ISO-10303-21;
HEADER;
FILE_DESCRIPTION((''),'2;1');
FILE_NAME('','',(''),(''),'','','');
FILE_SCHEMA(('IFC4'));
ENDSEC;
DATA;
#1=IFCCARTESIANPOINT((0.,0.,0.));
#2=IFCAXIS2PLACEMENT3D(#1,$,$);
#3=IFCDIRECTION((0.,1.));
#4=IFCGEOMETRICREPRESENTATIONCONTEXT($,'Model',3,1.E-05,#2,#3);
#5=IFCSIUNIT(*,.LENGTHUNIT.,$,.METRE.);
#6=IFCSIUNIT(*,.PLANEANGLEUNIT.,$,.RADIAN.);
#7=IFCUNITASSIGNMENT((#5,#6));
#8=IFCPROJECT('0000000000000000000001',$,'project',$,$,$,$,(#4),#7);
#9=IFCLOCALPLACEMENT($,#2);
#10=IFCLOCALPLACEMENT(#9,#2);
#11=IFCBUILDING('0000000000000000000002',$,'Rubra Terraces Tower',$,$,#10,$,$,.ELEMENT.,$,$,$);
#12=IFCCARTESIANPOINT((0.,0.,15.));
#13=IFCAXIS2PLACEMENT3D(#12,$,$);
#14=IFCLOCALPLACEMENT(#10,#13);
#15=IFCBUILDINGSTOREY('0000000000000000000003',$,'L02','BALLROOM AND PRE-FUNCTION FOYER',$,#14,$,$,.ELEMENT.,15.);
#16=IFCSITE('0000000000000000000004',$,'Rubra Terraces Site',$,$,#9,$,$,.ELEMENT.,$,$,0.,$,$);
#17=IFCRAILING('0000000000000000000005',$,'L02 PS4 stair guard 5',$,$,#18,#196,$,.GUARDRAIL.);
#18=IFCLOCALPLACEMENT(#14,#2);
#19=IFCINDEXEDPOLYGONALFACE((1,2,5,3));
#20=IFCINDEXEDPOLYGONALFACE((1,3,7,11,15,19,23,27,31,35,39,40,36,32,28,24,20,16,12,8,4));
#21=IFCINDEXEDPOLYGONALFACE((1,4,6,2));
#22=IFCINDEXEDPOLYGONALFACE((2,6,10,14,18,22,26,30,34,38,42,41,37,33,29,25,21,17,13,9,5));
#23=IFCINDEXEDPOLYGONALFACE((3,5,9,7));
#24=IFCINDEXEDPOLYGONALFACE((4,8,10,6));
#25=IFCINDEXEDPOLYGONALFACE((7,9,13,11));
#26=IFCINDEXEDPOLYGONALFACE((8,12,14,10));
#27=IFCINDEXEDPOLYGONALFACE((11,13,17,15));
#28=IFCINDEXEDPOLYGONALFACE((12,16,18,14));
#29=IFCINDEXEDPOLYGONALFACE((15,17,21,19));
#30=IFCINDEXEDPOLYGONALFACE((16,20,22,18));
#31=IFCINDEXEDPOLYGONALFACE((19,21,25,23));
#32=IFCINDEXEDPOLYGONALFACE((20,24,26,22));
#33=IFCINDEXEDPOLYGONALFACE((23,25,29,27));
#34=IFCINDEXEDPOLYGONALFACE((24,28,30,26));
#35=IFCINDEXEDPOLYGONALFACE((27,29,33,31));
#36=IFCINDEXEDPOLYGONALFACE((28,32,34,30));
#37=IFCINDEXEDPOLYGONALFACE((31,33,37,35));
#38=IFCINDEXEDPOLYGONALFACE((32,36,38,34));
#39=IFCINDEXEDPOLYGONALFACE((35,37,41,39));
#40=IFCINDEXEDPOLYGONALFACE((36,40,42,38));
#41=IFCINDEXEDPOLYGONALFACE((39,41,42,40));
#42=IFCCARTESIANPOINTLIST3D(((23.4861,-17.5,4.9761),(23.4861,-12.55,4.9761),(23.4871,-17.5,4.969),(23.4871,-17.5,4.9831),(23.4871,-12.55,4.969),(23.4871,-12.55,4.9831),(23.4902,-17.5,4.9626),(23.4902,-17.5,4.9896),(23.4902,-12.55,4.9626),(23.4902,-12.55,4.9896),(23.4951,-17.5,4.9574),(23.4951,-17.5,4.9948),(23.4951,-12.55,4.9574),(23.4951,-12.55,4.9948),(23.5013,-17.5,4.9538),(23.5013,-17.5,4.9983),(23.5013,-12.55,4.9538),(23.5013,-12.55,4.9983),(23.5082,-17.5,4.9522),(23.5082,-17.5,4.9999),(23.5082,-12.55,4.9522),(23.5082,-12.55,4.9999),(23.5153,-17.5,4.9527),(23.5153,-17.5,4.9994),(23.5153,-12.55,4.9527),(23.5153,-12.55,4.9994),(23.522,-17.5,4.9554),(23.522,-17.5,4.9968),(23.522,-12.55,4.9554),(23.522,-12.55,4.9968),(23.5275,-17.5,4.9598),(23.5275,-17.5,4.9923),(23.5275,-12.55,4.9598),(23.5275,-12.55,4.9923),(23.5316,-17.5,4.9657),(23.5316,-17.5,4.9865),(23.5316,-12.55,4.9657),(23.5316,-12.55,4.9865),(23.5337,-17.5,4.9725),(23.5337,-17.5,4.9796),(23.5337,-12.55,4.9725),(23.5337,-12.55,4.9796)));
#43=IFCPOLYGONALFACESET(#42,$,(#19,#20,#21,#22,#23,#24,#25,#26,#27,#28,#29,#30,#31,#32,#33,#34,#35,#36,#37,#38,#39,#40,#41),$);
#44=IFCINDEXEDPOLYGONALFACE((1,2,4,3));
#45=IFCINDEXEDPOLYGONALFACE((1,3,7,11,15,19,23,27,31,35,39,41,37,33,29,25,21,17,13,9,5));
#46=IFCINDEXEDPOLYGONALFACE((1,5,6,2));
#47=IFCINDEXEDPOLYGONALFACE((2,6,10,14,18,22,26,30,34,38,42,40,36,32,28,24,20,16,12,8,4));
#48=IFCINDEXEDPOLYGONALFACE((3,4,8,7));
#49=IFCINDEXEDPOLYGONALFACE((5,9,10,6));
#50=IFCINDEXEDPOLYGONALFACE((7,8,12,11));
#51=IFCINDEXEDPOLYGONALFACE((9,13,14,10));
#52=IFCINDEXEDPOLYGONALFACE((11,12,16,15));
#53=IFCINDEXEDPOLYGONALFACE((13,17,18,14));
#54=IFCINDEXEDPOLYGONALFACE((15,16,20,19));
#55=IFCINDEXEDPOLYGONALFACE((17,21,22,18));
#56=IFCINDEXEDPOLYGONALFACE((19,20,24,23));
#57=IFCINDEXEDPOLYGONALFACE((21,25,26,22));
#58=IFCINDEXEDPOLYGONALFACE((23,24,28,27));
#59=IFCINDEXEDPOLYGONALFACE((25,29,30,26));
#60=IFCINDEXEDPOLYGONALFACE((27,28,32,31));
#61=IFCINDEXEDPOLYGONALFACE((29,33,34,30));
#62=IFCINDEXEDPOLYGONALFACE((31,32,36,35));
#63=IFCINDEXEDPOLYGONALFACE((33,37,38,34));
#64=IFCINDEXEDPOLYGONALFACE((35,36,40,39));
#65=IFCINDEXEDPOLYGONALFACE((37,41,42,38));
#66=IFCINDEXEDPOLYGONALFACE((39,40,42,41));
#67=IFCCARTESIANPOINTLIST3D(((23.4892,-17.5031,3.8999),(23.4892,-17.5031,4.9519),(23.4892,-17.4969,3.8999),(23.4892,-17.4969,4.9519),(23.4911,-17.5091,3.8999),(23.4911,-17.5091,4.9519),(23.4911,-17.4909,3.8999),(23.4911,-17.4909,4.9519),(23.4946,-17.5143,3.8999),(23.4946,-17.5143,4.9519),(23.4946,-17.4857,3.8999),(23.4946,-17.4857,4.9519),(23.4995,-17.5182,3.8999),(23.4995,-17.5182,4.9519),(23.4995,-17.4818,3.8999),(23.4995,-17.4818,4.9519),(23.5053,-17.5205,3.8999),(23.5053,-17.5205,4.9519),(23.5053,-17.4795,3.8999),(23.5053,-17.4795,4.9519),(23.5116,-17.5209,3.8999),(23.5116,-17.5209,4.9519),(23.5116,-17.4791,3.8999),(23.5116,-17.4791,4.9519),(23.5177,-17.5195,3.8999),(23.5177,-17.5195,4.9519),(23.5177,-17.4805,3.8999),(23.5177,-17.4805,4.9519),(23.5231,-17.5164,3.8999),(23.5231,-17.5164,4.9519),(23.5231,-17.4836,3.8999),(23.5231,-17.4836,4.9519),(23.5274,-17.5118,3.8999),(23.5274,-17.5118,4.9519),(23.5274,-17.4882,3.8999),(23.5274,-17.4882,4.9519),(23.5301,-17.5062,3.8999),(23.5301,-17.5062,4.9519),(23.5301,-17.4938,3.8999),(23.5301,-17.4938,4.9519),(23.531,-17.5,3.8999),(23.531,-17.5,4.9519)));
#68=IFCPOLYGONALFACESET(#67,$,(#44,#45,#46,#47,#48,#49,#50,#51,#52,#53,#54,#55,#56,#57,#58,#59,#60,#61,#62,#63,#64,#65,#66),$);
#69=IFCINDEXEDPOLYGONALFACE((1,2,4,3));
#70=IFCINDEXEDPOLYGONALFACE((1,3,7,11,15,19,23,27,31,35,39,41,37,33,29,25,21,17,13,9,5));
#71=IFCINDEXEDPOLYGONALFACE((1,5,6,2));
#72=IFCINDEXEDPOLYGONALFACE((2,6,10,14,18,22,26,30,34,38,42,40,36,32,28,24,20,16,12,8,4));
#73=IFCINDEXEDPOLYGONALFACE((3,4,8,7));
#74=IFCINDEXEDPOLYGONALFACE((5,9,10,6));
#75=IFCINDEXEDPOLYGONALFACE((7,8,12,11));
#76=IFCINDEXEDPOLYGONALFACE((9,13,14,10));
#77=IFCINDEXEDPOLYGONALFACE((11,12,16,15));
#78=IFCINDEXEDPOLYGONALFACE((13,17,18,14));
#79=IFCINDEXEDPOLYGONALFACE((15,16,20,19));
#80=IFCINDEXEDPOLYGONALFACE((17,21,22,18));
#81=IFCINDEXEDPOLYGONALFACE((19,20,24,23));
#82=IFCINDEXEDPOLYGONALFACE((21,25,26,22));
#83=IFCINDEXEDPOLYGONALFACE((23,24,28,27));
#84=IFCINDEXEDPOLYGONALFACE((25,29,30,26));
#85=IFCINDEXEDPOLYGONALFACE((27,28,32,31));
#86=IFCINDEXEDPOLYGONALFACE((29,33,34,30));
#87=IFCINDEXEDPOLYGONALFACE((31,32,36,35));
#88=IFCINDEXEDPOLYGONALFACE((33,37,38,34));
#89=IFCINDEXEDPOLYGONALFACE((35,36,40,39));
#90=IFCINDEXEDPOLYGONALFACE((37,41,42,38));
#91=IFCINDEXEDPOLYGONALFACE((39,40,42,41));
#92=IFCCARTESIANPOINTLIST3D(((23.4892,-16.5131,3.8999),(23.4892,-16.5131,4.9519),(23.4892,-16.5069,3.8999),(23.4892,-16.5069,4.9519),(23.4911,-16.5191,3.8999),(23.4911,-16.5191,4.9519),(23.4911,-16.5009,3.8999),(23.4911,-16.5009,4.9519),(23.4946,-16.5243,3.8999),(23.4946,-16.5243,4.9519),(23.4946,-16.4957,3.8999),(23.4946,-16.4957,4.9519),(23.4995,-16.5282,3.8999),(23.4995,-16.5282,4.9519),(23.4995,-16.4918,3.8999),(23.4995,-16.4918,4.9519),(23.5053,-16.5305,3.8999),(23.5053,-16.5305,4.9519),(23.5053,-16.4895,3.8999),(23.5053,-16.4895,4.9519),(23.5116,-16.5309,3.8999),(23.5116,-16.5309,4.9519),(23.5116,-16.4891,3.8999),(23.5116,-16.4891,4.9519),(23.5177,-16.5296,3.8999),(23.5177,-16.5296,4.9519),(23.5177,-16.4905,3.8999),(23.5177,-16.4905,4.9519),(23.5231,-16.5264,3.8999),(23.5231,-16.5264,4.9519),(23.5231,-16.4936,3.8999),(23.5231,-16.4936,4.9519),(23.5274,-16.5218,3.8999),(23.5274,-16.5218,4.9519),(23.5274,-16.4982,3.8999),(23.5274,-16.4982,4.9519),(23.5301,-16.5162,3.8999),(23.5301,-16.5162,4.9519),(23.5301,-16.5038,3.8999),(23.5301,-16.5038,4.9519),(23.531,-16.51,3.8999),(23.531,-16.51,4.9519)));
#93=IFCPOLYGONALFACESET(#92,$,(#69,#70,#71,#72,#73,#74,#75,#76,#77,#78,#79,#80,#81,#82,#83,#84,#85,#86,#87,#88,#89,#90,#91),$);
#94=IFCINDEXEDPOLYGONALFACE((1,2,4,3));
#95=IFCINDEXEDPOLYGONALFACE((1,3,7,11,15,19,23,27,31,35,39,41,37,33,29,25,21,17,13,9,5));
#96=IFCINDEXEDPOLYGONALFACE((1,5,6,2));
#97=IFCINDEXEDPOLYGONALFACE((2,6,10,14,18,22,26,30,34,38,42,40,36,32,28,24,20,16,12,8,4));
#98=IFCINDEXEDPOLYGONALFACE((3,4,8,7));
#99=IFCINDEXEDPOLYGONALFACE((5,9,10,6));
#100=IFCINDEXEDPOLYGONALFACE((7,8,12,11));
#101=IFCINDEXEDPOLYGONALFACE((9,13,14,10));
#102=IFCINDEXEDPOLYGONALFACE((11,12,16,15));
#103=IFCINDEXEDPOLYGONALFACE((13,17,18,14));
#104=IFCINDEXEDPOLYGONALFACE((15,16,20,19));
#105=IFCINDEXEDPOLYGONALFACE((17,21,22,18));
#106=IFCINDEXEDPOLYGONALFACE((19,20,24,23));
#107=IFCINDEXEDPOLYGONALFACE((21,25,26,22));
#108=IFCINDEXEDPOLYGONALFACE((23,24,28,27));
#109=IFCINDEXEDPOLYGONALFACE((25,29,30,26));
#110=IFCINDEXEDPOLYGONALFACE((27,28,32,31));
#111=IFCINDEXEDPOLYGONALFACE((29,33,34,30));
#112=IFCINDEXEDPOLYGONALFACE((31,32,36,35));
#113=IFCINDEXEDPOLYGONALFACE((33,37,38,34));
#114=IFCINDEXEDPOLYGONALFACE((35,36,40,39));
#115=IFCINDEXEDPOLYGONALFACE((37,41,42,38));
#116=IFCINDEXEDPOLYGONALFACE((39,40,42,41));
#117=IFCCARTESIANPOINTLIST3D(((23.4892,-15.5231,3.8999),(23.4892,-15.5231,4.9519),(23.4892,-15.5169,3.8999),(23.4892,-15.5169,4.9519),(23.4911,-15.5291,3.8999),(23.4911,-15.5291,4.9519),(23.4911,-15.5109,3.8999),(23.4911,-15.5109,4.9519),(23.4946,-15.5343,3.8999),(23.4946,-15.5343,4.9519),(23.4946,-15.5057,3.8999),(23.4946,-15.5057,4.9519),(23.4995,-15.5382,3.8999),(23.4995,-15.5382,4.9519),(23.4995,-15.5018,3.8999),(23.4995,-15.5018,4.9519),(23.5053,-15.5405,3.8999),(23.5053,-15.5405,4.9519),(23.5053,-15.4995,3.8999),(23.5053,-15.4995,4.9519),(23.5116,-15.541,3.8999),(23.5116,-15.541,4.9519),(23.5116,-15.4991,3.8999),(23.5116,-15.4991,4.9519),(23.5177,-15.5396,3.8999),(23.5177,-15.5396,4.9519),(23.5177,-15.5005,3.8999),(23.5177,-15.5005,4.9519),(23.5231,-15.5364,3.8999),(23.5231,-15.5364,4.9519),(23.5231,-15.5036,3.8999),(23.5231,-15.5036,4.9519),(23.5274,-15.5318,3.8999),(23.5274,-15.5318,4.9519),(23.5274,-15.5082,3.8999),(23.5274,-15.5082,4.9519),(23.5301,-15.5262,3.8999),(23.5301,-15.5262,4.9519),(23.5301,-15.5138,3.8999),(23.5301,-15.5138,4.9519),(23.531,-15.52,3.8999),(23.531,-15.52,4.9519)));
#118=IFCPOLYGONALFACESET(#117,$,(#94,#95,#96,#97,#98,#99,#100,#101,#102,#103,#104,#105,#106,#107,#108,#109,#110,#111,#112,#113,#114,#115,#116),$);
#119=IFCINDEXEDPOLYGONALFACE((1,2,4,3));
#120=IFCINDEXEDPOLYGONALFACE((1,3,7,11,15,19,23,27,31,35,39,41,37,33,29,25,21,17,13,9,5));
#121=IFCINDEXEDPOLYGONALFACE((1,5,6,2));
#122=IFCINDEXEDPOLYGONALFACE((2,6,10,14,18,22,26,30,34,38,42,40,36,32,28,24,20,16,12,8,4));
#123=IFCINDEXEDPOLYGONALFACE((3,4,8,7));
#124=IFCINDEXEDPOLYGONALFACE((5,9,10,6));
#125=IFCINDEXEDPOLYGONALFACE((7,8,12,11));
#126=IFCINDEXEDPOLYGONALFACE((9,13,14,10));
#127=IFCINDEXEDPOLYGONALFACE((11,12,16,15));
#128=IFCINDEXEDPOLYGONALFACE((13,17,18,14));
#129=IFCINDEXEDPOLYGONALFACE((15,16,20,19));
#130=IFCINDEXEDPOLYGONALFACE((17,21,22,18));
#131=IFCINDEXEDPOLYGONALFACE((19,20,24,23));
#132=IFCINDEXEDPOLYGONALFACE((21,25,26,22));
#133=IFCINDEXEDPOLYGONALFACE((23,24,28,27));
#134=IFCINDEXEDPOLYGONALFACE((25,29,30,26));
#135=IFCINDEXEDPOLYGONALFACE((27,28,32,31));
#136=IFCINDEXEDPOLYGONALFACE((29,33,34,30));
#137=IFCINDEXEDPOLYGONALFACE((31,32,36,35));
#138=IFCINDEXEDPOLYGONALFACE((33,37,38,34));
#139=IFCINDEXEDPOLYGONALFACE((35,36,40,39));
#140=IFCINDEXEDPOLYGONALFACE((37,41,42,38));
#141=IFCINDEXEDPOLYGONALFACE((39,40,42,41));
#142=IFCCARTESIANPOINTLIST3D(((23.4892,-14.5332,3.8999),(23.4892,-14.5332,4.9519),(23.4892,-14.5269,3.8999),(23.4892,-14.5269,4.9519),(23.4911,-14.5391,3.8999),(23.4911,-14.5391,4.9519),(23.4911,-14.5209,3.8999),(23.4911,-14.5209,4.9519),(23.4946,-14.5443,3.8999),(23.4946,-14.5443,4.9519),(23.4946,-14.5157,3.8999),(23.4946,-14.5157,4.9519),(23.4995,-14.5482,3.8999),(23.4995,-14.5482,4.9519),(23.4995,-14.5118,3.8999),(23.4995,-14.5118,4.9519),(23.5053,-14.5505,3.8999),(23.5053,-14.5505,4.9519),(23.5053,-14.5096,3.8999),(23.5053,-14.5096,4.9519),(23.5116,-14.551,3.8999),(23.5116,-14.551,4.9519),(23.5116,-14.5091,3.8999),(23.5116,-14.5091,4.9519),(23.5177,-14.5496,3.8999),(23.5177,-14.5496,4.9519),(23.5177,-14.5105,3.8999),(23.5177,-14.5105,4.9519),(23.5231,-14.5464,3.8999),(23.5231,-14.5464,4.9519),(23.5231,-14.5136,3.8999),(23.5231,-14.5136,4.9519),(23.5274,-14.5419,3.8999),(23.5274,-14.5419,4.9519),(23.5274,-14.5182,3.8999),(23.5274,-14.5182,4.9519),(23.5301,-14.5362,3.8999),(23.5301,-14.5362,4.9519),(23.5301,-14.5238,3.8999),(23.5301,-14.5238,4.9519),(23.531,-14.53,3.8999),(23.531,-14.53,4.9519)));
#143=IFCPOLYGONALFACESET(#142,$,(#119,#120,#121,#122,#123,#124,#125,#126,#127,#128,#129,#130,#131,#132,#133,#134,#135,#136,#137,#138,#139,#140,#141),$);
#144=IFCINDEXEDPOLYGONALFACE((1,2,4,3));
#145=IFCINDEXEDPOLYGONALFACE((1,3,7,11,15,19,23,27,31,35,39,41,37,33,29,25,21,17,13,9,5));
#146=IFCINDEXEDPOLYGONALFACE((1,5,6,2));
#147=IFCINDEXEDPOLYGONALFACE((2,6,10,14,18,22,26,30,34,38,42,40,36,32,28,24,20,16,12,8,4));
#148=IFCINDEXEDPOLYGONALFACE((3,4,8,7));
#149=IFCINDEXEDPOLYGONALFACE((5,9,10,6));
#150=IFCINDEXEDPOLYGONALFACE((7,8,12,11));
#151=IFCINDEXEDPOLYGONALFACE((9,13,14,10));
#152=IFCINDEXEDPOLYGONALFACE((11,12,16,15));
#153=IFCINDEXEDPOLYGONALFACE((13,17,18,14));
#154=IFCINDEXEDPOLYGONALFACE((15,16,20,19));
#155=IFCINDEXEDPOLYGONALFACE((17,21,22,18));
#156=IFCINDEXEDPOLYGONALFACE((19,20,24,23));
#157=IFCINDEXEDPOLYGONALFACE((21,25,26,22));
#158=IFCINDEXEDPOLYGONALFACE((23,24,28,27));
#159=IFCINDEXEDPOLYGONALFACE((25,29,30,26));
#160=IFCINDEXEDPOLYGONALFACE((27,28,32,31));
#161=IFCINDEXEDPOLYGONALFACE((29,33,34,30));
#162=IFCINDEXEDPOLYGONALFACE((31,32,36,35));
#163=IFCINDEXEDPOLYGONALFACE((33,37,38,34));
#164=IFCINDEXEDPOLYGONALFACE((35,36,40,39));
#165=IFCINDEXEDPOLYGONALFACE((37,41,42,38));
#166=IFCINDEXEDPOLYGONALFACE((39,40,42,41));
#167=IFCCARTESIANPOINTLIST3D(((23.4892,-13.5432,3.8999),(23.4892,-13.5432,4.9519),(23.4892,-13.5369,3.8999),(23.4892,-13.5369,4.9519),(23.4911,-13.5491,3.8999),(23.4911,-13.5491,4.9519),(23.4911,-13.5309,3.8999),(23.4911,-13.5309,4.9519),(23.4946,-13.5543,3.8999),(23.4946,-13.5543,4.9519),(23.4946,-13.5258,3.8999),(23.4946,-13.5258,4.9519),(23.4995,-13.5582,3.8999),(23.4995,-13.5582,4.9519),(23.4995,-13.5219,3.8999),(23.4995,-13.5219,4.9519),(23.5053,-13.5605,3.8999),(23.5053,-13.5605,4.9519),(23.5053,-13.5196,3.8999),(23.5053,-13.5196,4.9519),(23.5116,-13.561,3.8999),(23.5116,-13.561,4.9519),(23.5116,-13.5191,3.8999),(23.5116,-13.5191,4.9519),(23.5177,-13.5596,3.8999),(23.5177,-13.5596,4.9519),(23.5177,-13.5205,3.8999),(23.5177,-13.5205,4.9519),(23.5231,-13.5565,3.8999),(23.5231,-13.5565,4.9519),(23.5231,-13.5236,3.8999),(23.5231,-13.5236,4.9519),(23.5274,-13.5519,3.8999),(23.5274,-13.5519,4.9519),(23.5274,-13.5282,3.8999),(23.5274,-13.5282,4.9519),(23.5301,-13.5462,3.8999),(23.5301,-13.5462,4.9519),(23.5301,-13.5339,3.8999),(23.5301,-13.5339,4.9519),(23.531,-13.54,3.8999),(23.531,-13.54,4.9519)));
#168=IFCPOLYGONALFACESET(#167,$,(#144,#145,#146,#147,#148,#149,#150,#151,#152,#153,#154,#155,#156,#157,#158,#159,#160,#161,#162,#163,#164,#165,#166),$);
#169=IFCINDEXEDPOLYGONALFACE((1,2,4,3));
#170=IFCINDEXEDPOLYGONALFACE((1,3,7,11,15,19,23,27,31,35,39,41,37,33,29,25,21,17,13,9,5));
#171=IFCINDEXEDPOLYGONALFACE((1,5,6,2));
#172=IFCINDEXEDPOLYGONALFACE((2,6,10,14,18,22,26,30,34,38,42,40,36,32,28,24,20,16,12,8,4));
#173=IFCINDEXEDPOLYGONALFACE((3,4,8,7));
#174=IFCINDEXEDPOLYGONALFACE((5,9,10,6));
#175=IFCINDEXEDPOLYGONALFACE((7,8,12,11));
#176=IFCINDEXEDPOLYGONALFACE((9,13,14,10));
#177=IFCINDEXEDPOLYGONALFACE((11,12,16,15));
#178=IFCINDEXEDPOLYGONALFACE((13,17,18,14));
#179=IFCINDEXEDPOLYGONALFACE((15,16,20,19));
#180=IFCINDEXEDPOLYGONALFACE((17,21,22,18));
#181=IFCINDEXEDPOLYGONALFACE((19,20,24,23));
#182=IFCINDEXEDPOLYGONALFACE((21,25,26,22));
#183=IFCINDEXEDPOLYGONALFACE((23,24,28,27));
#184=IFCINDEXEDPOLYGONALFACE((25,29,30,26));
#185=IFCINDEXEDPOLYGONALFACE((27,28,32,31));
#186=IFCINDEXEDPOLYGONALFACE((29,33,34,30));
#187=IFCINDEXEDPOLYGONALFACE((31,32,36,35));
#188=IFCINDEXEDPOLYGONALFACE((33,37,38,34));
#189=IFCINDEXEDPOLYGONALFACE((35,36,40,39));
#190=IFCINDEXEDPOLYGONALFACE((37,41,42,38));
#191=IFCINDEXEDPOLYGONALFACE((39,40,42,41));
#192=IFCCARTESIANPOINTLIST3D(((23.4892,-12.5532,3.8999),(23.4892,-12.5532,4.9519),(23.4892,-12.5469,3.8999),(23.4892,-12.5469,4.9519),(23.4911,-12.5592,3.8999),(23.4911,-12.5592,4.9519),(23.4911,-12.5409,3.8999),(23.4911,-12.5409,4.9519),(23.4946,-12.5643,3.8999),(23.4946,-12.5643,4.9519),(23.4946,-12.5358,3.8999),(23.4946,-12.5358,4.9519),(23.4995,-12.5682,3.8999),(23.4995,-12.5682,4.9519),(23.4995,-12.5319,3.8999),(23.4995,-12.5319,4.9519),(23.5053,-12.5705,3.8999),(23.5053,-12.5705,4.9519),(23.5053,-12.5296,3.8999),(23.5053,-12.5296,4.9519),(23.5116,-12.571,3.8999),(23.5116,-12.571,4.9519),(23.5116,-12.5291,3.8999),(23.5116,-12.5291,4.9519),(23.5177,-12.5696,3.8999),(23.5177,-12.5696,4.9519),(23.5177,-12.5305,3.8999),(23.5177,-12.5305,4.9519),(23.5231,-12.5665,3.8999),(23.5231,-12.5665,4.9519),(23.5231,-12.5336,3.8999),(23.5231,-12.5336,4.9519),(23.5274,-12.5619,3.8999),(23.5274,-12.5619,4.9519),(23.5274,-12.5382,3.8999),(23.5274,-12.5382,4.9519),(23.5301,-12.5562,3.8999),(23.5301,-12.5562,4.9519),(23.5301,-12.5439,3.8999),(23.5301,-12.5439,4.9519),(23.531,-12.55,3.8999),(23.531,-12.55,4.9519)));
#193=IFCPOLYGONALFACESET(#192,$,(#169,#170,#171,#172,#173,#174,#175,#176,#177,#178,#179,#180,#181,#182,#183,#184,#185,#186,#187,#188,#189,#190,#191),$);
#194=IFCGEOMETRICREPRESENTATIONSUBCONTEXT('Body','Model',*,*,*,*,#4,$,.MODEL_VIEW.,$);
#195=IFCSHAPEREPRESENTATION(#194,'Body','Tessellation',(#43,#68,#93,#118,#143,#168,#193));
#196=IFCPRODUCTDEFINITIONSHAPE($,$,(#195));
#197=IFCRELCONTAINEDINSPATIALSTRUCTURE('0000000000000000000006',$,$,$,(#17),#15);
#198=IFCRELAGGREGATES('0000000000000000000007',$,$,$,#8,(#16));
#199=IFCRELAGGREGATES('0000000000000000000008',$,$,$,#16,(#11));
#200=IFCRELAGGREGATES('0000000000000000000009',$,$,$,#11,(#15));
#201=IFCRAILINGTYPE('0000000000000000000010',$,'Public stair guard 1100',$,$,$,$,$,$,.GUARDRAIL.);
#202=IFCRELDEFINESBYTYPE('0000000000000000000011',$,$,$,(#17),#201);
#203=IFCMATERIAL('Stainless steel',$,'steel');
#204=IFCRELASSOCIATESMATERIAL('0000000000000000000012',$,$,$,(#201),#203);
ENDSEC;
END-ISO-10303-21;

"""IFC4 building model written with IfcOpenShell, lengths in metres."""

from ifc_helpers import new_model, si_unit, direction, frame, origin, origin_2d, place, context, subcontext, project, spatial, circle, extrude, material, type_object, element, save


model = new_model("IFC4")

# Units and contexts
model_context = context("Model", 3, precision=1e-05, world=origin(), true_north=direction((0.0, 1.0)))
body_context = subcontext(model_context, "Body", "Model", "MODEL_VIEW")
ifc_project = project(units=[si_unit("LENGTHUNIT", "METRE"), si_unit("PLANEANGLEUNIT", "RADIAN")], contexts=[model_context])

# Site, building, storey
site_placement = place(None, origin())
site = spatial("IfcSite", under=ifc_project, at=site_placement, Name="Rubra Terraces Site", CompositionType="ELEMENT", RefElevation=0.0)
building_placement = place(site_placement, origin())
building = spatial("IfcBuilding", under=site, at=building_placement, Name="Rubra Terraces Tower", CompositionType="ELEMENT")
storey_placement = place(building_placement, frame((0.0, 0.0, 15.0)))
storey = spatial("IfcBuildingStorey", under=building, at=storey_placement, Name="L02", Description="BALLROOM AND PRE-FUNCTION FOYER", CompositionType="ELEMENT", Elevation=15.0)

# Railing
ifc_material_1 = material(Name="Stainless steel", Category="steel")
railing_type = type_object("IfcRailingType", Name="Public stair guard 1100", PredefinedType="GUARDRAIL", material=ifc_material_1)
railing_1_placement = place(storey_placement, frame((23.51, -17.5, 3.8999)))
element("IfcRailing", 1, at=railing_1_placement, inside=storey, type_object=railing_type, Name="L02 PS4 stair guard 5", PredefinedType="GUARDRAIL", context=body_context, shape_type="SweptSolid", body=[
    extrude(circle(Radius=0.0239, at=origin_2d()), frame((0.0, 0.0, 1.0762), z_axis=(0.0, 1.0, 0.0), x_axis=(-1.0, 0.0, 0.0)), (0.0, 0.0, 1.0), 4.95),
    extrude(circle(Radius=0.021, at=origin_2d()), origin(), (0.0, 0.0, 1.0), 1.052),
    extrude(circle(Radius=0.021, at=origin_2d()), frame((0.0, 0.99, 0.0)), (0.0, 0.0, 1.0), 1.052),
    extrude(circle(Radius=0.021, at=origin_2d()), frame((0.0, 1.98, 0.0)), (0.0, 0.0, 1.0), 1.052),
    extrude(circle(Radius=0.021, at=origin_2d()), frame((0.0, 2.97, 0.0)), (0.0, 0.0, 1.0), 1.052),
    extrude(circle(Radius=0.021, at=origin_2d()), frame((0.0, 3.96, 0.0)), (0.0, 0.0, 1.0), 1.052),
    extrude(circle(Radius=0.021, at=origin_2d()), frame((0.0, 4.95, 0.0)), (0.0, 0.0, 1.0), 1.052),
])

save(model, "model.ifc")
